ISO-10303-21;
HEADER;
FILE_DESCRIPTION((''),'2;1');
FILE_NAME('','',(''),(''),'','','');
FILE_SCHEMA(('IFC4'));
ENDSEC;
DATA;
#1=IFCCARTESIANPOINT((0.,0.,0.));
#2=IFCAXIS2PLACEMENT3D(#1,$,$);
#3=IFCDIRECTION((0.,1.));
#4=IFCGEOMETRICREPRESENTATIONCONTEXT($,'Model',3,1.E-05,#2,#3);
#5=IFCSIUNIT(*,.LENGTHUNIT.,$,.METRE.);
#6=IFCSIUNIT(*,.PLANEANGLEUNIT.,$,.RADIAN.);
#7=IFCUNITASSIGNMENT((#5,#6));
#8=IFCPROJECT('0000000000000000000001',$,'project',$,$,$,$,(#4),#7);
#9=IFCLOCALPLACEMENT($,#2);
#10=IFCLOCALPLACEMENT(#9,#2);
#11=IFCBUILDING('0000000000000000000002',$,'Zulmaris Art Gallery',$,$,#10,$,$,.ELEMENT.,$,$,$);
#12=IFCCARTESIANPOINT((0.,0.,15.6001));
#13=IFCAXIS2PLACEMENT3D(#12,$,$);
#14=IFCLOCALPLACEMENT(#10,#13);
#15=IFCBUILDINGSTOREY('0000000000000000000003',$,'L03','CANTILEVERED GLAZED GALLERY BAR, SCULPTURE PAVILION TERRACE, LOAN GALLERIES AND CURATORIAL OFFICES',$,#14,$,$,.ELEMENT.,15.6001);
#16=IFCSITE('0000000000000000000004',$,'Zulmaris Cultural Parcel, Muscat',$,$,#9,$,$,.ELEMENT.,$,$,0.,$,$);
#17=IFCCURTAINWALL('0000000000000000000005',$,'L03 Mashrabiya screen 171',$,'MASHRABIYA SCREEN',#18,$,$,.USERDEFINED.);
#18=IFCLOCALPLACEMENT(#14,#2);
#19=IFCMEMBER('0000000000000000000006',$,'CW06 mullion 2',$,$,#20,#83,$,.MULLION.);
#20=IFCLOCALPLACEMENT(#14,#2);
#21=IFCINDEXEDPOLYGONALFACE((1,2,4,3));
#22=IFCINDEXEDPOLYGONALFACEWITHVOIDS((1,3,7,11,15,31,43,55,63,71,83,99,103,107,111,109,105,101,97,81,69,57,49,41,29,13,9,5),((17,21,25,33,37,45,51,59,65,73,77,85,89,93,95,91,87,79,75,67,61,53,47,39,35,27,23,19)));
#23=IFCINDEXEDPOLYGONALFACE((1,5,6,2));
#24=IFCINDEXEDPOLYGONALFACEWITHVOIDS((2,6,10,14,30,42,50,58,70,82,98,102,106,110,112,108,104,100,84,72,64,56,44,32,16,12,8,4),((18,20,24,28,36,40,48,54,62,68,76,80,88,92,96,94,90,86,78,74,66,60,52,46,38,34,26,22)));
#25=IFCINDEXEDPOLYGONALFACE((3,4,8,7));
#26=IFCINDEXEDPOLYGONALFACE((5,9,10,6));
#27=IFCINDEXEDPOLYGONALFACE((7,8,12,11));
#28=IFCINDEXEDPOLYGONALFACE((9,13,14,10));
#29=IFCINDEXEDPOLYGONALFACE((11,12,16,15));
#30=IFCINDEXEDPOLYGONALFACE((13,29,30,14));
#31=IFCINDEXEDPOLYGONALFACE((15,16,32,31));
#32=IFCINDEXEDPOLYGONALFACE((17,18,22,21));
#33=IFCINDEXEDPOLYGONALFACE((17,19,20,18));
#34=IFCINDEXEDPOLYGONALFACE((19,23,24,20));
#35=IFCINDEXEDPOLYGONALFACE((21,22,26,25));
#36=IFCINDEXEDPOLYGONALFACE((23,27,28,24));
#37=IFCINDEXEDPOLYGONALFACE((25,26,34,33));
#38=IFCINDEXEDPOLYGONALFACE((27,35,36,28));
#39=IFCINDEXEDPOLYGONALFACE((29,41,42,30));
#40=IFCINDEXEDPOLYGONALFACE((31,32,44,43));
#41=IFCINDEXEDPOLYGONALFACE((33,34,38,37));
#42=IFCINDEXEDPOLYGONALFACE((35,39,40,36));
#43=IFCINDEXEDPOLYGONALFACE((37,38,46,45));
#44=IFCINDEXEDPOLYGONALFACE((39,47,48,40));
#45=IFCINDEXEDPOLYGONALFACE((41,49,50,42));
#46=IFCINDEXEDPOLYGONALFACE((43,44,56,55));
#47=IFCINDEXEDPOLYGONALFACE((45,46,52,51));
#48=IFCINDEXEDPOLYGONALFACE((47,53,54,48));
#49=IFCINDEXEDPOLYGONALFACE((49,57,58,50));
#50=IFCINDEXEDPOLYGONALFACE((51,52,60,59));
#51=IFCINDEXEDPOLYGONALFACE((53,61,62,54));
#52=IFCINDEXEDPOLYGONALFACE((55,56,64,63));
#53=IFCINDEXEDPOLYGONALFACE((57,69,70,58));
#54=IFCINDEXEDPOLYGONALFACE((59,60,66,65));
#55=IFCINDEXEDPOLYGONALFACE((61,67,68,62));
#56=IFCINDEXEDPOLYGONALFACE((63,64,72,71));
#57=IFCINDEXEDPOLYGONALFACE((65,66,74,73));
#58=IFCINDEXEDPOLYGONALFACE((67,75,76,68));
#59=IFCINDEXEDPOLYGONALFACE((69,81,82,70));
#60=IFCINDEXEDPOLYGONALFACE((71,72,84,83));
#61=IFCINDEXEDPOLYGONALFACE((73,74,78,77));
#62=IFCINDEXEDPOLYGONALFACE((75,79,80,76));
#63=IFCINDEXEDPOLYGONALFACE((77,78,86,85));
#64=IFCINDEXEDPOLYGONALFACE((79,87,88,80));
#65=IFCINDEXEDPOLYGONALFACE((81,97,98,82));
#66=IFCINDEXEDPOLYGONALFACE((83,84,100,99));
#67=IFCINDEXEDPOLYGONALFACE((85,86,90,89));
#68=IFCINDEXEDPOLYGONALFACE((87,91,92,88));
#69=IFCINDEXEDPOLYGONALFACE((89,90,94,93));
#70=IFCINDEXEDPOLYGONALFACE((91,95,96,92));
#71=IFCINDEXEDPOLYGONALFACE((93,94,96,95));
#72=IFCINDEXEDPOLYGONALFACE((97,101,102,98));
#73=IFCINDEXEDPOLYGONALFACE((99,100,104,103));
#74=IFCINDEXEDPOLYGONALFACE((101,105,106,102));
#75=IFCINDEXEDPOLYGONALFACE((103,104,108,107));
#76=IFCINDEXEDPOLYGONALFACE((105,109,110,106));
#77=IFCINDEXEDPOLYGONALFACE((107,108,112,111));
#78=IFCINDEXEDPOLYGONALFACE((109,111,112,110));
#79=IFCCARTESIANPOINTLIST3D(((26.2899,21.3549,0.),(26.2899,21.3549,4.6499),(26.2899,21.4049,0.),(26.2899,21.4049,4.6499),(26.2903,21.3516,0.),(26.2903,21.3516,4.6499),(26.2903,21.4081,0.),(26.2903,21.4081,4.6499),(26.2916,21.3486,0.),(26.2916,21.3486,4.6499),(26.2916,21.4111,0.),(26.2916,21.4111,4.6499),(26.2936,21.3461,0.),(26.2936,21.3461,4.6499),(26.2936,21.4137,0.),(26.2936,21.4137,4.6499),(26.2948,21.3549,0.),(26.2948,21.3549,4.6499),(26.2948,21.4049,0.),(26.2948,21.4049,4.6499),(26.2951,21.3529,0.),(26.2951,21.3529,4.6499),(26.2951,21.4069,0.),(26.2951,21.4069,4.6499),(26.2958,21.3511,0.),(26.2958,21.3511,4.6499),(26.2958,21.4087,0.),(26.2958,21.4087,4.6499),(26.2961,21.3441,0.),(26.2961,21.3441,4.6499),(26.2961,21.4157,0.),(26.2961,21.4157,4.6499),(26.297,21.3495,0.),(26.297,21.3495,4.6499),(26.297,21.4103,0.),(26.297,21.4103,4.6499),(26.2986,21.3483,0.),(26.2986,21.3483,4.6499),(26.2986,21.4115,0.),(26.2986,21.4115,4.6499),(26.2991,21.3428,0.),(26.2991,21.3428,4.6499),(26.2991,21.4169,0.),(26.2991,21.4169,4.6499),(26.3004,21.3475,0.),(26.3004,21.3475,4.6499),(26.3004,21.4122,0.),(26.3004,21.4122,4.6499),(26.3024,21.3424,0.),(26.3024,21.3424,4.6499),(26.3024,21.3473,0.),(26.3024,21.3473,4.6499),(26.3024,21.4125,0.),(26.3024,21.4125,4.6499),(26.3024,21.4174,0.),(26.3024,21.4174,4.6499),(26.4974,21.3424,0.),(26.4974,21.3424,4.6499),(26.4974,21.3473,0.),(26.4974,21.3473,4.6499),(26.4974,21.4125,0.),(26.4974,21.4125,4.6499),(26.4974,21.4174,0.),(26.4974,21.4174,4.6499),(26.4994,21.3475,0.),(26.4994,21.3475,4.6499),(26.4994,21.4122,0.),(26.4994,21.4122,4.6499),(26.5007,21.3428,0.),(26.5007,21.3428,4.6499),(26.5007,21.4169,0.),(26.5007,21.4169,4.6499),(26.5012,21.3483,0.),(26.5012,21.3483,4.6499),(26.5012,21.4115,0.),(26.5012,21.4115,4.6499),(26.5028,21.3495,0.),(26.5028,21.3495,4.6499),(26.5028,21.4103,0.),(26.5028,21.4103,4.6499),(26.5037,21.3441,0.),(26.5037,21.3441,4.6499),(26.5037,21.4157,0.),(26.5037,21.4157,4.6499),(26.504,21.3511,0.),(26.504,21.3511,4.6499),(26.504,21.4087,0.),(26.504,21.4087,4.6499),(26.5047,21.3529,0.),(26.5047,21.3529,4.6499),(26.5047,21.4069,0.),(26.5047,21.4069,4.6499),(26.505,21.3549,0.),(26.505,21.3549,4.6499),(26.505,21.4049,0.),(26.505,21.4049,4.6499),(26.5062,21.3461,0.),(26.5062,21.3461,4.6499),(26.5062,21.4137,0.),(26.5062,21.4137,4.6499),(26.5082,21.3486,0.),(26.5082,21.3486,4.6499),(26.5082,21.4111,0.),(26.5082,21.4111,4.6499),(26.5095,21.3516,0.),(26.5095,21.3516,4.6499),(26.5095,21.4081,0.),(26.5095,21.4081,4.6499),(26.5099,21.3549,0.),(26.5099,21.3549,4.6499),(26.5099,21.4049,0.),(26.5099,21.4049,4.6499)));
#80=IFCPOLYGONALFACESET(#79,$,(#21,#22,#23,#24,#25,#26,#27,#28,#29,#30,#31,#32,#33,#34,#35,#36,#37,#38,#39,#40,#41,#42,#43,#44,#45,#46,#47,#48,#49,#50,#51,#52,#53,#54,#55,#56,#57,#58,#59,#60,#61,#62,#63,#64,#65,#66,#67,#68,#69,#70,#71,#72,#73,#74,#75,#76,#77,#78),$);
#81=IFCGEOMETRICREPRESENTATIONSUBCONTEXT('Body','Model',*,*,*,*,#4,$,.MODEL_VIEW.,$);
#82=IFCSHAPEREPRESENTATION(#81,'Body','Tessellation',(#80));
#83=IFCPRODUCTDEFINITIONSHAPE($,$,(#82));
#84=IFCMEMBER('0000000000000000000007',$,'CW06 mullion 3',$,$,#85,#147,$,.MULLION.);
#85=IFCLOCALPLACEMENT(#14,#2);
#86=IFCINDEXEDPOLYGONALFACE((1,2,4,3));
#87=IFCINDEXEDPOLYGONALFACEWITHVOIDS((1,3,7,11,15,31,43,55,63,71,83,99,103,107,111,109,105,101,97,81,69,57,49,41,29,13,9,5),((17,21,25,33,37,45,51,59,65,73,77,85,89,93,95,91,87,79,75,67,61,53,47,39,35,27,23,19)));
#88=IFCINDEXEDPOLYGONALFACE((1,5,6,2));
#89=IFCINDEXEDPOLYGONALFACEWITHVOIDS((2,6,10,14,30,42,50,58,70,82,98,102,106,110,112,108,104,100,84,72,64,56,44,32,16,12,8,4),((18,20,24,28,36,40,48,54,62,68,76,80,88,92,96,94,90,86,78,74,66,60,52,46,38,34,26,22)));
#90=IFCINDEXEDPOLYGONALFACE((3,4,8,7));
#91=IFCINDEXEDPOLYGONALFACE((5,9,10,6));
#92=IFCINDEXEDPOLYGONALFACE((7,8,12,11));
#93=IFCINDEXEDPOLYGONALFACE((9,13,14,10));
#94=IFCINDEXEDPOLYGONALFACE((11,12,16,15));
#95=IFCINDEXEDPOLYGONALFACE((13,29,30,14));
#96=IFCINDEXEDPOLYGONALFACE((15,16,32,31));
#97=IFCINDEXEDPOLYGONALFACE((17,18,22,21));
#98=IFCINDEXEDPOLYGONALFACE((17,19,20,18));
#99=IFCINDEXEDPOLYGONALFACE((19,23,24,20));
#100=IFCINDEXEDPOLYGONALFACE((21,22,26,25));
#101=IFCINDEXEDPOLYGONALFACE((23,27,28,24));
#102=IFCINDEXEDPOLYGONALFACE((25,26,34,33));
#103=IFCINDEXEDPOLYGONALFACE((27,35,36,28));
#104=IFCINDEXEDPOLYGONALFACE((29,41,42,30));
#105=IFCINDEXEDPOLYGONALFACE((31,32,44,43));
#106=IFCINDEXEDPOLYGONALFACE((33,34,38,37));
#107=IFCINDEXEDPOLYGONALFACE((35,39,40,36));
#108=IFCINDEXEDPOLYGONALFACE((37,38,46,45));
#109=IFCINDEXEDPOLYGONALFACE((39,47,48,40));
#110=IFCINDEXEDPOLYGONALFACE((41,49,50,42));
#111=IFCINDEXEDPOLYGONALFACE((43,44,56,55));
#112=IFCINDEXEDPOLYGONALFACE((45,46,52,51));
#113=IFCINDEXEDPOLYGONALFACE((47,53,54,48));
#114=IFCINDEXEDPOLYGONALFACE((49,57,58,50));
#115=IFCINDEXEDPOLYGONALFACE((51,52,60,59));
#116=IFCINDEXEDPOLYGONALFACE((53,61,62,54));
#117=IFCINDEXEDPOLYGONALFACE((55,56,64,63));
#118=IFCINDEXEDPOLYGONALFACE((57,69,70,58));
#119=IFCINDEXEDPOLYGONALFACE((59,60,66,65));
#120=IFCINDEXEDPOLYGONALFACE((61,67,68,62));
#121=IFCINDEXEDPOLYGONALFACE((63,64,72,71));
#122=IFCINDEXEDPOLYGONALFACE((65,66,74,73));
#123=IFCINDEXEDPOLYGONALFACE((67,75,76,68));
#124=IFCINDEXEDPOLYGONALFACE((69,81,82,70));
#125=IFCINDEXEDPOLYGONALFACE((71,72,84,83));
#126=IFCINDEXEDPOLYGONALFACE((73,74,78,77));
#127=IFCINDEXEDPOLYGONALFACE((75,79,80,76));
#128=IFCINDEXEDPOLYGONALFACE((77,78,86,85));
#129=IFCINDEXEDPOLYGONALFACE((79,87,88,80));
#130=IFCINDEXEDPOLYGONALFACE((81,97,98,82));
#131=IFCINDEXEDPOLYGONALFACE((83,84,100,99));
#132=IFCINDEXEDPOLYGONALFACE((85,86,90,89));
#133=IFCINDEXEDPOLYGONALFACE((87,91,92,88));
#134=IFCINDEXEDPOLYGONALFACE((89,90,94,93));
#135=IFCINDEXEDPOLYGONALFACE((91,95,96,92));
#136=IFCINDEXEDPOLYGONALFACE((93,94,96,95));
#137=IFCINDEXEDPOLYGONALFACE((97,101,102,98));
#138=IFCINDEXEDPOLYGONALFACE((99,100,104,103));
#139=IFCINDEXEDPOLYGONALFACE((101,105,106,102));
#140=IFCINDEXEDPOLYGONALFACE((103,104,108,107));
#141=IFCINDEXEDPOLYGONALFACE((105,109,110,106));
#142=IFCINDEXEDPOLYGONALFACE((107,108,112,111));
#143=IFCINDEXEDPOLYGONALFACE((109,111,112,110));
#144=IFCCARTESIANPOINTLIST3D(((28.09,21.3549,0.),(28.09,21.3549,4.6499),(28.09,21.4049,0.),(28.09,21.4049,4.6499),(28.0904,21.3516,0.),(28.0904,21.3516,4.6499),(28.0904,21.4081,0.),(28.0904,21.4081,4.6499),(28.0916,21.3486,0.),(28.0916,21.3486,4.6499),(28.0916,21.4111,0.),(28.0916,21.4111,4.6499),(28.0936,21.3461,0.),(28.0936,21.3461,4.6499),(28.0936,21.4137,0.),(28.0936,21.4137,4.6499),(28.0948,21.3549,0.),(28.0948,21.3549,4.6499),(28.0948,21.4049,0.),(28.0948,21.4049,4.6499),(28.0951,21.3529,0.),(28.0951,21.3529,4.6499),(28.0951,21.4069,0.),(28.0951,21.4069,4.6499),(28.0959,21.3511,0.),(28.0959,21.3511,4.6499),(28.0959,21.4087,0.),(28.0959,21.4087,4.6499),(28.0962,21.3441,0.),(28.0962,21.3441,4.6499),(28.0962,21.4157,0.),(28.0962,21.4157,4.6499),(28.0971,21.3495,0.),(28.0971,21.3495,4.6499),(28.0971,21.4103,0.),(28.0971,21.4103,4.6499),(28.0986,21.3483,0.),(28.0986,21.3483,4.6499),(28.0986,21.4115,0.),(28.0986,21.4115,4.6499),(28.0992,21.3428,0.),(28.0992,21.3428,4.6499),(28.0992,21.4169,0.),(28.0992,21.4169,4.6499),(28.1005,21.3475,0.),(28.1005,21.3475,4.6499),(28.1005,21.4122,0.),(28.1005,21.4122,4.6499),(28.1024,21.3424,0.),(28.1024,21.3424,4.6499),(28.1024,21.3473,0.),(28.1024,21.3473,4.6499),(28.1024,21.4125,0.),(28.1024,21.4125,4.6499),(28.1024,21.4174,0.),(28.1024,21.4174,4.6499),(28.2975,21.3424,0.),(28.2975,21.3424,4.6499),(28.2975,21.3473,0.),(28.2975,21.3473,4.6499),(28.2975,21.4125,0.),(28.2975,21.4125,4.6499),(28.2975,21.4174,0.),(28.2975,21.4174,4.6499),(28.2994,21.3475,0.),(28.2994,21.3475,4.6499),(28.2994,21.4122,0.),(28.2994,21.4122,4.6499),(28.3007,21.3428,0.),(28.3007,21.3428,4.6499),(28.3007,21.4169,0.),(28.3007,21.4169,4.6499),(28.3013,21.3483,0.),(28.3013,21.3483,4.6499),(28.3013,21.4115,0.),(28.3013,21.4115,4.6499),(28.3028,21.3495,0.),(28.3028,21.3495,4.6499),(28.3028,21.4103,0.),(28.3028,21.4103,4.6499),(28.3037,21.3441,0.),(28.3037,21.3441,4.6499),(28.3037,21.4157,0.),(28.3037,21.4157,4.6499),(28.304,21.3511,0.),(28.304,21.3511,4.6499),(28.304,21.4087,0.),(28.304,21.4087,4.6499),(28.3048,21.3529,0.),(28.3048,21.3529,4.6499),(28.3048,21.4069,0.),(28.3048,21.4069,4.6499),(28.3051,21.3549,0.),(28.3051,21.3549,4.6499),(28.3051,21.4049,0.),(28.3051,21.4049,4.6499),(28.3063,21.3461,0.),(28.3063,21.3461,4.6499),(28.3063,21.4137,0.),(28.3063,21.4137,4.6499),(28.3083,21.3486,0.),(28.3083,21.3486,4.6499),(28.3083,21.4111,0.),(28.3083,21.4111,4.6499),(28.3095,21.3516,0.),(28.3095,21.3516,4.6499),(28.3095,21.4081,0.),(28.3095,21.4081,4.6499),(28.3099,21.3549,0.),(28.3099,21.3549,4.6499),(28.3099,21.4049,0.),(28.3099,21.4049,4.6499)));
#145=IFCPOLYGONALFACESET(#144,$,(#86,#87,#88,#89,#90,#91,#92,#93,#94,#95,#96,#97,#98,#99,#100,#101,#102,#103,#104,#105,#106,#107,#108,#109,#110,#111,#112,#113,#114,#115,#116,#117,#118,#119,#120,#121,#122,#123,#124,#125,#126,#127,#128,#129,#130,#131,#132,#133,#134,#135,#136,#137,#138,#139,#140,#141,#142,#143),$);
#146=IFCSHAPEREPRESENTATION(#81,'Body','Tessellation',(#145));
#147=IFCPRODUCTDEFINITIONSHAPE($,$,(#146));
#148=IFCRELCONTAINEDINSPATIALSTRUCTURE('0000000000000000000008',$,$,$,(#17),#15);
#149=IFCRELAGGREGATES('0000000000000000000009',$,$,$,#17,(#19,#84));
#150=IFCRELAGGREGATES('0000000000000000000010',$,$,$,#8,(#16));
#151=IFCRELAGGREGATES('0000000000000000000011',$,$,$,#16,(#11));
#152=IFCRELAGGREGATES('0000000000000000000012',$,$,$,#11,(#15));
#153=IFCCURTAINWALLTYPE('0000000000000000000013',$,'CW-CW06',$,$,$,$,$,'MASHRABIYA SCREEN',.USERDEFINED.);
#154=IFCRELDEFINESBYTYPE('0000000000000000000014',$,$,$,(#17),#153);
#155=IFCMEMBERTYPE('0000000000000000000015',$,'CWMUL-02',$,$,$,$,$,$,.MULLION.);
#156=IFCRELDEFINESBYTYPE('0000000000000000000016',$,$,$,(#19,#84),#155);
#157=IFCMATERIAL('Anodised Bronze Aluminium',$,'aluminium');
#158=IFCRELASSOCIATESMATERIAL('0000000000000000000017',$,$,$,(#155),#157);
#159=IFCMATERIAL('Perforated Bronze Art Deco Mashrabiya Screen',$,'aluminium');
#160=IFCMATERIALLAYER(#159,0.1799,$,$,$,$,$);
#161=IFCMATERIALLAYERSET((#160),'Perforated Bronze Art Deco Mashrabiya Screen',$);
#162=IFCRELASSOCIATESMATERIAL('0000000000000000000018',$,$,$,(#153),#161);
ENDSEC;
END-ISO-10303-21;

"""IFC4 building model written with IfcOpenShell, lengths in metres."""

from ifc_helpers import new_model, si_unit, direction, frame, origin, origin_2d, place, context, subcontext, project, spatial, hollow_rectangle, extrude, material, layer, layer_set, material_profile, profile_set, type_object, element, aggregate, save


model = new_model("IFC4")

# Units and contexts
model_context = context("Model", 3, precision=1e-05, world=origin(), true_north=direction((0.0, 1.0)))
body_context = subcontext(model_context, "Body", "Model", "MODEL_VIEW")
ifc_project = project(units=[si_unit("LENGTHUNIT", "METRE"), si_unit("PLANEANGLEUNIT", "RADIAN")], contexts=[model_context])

# Site, building, storey
site_placement = place(None, origin())
site = spatial("IfcSite", under=ifc_project, at=site_placement, Name="Zulmaris Cultural Parcel, Muscat", CompositionType="ELEMENT", RefElevation=0.0)
building_placement = place(site_placement, origin())
building = spatial("IfcBuilding", under=site, at=building_placement, Name="Zulmaris Art Gallery", CompositionType="ELEMENT")
storey_placement = place(building_placement, frame((0.0, 0.0, 15.6001)))
storey = spatial("IfcBuildingStorey", under=building, at=storey_placement, Name="L03", Description="CANTILEVERED GLAZED GALLERY BAR, SCULPTURE PAVILION TERRACE, LOAN GALLERIES AND CURATORIAL OFFICES", CompositionType="ELEMENT", Elevation=15.6001)

# Shared definitions
ifc_material_1 = material(Name="Anodised Bronze Aluminium", Category="aluminium")
ifc_material_profile_1 = material_profile(ifc_material_1, hollow_rectangle(XDim=0.075, YDim=0.22, WallThickness=0.0049, InnerFilletRadius=0.0076, OuterFilletRadius=0.0125, at=origin_2d()), Name="ALU 75x220x5")
ifc_profile_set_1 = profile_set([ifc_material_profile_1], Name="Anodised Bronze Aluminium")
member_type_1 = type_object("IfcMemberType", Name="CWMUL-02", PredefinedType="MULLION", material=ifc_profile_set_1)

# Curtain wall, members
ifc_material_2 = material(Name="Perforated Bronze Art Deco Mashrabiya Screen", Category="aluminium")
ifc_layer_1 = layer(ifc_material_2, 0.1799)
ifc_layer_set_1 = layer_set([ifc_layer_1], Name="Perforated Bronze Art Deco Mashrabiya Screen")
curtain_wall_type_1 = type_object("IfcCurtainWallType", Name="CW-CW06", ElementType="MASHRABIYA SCREEN", PredefinedType="USERDEFINED", material=ifc_layer_set_1)
curtain_wall_1_placement = place(storey_placement, origin())
curtain_wall_1 = element("IfcCurtainWall", 1, at=curtain_wall_1_placement, inside=storey, type_object=curtain_wall_type_1, Name="L03 Mashrabiya screen 171", ObjectType="MASHRABIYA SCREEN", PredefinedType="USERDEFINED")
member_1_placement = place(storey_placement, frame((26.3999, 21.3799, 0.0), z_axis=(0.0, 0.0, 1.0), x_axis=(0.0, 1.0, 0.0)))
member_1 = element("IfcMember", 2, at=member_1_placement, type_object=member_type_1, Name="CW06 mullion 2", PredefinedType="MULLION", context=body_context, shape_type="SweptSolid", body=[
    extrude(hollow_rectangle(XDim=0.075, YDim=0.22, WallThickness=0.0049, InnerFilletRadius=0.0076, OuterFilletRadius=0.0125, at=origin_2d()), origin(), (0.0, 0.0, 1.0), 4.6499),
])
member_2_placement = place(storey_placement, frame((28.2, 21.3799, 0.0), z_axis=(0.0, 0.0, 1.0), x_axis=(0.0, 1.0, 0.0)))
member_2 = element("IfcMember", 3, at=member_2_placement, type_object=member_type_1, Name="CW06 mullion 3", PredefinedType="MULLION", context=body_context, shape_type="SweptSolid", body=[
    extrude(hollow_rectangle(XDim=0.075, YDim=0.22, WallThickness=0.0049, InnerFilletRadius=0.0076, OuterFilletRadius=0.0125, at=origin_2d()), origin(), (0.0, 0.0, 1.0), 4.6499),
])

aggregate(curtain_wall_1, [member_1, member_2])

save(model, "model.ifc")
